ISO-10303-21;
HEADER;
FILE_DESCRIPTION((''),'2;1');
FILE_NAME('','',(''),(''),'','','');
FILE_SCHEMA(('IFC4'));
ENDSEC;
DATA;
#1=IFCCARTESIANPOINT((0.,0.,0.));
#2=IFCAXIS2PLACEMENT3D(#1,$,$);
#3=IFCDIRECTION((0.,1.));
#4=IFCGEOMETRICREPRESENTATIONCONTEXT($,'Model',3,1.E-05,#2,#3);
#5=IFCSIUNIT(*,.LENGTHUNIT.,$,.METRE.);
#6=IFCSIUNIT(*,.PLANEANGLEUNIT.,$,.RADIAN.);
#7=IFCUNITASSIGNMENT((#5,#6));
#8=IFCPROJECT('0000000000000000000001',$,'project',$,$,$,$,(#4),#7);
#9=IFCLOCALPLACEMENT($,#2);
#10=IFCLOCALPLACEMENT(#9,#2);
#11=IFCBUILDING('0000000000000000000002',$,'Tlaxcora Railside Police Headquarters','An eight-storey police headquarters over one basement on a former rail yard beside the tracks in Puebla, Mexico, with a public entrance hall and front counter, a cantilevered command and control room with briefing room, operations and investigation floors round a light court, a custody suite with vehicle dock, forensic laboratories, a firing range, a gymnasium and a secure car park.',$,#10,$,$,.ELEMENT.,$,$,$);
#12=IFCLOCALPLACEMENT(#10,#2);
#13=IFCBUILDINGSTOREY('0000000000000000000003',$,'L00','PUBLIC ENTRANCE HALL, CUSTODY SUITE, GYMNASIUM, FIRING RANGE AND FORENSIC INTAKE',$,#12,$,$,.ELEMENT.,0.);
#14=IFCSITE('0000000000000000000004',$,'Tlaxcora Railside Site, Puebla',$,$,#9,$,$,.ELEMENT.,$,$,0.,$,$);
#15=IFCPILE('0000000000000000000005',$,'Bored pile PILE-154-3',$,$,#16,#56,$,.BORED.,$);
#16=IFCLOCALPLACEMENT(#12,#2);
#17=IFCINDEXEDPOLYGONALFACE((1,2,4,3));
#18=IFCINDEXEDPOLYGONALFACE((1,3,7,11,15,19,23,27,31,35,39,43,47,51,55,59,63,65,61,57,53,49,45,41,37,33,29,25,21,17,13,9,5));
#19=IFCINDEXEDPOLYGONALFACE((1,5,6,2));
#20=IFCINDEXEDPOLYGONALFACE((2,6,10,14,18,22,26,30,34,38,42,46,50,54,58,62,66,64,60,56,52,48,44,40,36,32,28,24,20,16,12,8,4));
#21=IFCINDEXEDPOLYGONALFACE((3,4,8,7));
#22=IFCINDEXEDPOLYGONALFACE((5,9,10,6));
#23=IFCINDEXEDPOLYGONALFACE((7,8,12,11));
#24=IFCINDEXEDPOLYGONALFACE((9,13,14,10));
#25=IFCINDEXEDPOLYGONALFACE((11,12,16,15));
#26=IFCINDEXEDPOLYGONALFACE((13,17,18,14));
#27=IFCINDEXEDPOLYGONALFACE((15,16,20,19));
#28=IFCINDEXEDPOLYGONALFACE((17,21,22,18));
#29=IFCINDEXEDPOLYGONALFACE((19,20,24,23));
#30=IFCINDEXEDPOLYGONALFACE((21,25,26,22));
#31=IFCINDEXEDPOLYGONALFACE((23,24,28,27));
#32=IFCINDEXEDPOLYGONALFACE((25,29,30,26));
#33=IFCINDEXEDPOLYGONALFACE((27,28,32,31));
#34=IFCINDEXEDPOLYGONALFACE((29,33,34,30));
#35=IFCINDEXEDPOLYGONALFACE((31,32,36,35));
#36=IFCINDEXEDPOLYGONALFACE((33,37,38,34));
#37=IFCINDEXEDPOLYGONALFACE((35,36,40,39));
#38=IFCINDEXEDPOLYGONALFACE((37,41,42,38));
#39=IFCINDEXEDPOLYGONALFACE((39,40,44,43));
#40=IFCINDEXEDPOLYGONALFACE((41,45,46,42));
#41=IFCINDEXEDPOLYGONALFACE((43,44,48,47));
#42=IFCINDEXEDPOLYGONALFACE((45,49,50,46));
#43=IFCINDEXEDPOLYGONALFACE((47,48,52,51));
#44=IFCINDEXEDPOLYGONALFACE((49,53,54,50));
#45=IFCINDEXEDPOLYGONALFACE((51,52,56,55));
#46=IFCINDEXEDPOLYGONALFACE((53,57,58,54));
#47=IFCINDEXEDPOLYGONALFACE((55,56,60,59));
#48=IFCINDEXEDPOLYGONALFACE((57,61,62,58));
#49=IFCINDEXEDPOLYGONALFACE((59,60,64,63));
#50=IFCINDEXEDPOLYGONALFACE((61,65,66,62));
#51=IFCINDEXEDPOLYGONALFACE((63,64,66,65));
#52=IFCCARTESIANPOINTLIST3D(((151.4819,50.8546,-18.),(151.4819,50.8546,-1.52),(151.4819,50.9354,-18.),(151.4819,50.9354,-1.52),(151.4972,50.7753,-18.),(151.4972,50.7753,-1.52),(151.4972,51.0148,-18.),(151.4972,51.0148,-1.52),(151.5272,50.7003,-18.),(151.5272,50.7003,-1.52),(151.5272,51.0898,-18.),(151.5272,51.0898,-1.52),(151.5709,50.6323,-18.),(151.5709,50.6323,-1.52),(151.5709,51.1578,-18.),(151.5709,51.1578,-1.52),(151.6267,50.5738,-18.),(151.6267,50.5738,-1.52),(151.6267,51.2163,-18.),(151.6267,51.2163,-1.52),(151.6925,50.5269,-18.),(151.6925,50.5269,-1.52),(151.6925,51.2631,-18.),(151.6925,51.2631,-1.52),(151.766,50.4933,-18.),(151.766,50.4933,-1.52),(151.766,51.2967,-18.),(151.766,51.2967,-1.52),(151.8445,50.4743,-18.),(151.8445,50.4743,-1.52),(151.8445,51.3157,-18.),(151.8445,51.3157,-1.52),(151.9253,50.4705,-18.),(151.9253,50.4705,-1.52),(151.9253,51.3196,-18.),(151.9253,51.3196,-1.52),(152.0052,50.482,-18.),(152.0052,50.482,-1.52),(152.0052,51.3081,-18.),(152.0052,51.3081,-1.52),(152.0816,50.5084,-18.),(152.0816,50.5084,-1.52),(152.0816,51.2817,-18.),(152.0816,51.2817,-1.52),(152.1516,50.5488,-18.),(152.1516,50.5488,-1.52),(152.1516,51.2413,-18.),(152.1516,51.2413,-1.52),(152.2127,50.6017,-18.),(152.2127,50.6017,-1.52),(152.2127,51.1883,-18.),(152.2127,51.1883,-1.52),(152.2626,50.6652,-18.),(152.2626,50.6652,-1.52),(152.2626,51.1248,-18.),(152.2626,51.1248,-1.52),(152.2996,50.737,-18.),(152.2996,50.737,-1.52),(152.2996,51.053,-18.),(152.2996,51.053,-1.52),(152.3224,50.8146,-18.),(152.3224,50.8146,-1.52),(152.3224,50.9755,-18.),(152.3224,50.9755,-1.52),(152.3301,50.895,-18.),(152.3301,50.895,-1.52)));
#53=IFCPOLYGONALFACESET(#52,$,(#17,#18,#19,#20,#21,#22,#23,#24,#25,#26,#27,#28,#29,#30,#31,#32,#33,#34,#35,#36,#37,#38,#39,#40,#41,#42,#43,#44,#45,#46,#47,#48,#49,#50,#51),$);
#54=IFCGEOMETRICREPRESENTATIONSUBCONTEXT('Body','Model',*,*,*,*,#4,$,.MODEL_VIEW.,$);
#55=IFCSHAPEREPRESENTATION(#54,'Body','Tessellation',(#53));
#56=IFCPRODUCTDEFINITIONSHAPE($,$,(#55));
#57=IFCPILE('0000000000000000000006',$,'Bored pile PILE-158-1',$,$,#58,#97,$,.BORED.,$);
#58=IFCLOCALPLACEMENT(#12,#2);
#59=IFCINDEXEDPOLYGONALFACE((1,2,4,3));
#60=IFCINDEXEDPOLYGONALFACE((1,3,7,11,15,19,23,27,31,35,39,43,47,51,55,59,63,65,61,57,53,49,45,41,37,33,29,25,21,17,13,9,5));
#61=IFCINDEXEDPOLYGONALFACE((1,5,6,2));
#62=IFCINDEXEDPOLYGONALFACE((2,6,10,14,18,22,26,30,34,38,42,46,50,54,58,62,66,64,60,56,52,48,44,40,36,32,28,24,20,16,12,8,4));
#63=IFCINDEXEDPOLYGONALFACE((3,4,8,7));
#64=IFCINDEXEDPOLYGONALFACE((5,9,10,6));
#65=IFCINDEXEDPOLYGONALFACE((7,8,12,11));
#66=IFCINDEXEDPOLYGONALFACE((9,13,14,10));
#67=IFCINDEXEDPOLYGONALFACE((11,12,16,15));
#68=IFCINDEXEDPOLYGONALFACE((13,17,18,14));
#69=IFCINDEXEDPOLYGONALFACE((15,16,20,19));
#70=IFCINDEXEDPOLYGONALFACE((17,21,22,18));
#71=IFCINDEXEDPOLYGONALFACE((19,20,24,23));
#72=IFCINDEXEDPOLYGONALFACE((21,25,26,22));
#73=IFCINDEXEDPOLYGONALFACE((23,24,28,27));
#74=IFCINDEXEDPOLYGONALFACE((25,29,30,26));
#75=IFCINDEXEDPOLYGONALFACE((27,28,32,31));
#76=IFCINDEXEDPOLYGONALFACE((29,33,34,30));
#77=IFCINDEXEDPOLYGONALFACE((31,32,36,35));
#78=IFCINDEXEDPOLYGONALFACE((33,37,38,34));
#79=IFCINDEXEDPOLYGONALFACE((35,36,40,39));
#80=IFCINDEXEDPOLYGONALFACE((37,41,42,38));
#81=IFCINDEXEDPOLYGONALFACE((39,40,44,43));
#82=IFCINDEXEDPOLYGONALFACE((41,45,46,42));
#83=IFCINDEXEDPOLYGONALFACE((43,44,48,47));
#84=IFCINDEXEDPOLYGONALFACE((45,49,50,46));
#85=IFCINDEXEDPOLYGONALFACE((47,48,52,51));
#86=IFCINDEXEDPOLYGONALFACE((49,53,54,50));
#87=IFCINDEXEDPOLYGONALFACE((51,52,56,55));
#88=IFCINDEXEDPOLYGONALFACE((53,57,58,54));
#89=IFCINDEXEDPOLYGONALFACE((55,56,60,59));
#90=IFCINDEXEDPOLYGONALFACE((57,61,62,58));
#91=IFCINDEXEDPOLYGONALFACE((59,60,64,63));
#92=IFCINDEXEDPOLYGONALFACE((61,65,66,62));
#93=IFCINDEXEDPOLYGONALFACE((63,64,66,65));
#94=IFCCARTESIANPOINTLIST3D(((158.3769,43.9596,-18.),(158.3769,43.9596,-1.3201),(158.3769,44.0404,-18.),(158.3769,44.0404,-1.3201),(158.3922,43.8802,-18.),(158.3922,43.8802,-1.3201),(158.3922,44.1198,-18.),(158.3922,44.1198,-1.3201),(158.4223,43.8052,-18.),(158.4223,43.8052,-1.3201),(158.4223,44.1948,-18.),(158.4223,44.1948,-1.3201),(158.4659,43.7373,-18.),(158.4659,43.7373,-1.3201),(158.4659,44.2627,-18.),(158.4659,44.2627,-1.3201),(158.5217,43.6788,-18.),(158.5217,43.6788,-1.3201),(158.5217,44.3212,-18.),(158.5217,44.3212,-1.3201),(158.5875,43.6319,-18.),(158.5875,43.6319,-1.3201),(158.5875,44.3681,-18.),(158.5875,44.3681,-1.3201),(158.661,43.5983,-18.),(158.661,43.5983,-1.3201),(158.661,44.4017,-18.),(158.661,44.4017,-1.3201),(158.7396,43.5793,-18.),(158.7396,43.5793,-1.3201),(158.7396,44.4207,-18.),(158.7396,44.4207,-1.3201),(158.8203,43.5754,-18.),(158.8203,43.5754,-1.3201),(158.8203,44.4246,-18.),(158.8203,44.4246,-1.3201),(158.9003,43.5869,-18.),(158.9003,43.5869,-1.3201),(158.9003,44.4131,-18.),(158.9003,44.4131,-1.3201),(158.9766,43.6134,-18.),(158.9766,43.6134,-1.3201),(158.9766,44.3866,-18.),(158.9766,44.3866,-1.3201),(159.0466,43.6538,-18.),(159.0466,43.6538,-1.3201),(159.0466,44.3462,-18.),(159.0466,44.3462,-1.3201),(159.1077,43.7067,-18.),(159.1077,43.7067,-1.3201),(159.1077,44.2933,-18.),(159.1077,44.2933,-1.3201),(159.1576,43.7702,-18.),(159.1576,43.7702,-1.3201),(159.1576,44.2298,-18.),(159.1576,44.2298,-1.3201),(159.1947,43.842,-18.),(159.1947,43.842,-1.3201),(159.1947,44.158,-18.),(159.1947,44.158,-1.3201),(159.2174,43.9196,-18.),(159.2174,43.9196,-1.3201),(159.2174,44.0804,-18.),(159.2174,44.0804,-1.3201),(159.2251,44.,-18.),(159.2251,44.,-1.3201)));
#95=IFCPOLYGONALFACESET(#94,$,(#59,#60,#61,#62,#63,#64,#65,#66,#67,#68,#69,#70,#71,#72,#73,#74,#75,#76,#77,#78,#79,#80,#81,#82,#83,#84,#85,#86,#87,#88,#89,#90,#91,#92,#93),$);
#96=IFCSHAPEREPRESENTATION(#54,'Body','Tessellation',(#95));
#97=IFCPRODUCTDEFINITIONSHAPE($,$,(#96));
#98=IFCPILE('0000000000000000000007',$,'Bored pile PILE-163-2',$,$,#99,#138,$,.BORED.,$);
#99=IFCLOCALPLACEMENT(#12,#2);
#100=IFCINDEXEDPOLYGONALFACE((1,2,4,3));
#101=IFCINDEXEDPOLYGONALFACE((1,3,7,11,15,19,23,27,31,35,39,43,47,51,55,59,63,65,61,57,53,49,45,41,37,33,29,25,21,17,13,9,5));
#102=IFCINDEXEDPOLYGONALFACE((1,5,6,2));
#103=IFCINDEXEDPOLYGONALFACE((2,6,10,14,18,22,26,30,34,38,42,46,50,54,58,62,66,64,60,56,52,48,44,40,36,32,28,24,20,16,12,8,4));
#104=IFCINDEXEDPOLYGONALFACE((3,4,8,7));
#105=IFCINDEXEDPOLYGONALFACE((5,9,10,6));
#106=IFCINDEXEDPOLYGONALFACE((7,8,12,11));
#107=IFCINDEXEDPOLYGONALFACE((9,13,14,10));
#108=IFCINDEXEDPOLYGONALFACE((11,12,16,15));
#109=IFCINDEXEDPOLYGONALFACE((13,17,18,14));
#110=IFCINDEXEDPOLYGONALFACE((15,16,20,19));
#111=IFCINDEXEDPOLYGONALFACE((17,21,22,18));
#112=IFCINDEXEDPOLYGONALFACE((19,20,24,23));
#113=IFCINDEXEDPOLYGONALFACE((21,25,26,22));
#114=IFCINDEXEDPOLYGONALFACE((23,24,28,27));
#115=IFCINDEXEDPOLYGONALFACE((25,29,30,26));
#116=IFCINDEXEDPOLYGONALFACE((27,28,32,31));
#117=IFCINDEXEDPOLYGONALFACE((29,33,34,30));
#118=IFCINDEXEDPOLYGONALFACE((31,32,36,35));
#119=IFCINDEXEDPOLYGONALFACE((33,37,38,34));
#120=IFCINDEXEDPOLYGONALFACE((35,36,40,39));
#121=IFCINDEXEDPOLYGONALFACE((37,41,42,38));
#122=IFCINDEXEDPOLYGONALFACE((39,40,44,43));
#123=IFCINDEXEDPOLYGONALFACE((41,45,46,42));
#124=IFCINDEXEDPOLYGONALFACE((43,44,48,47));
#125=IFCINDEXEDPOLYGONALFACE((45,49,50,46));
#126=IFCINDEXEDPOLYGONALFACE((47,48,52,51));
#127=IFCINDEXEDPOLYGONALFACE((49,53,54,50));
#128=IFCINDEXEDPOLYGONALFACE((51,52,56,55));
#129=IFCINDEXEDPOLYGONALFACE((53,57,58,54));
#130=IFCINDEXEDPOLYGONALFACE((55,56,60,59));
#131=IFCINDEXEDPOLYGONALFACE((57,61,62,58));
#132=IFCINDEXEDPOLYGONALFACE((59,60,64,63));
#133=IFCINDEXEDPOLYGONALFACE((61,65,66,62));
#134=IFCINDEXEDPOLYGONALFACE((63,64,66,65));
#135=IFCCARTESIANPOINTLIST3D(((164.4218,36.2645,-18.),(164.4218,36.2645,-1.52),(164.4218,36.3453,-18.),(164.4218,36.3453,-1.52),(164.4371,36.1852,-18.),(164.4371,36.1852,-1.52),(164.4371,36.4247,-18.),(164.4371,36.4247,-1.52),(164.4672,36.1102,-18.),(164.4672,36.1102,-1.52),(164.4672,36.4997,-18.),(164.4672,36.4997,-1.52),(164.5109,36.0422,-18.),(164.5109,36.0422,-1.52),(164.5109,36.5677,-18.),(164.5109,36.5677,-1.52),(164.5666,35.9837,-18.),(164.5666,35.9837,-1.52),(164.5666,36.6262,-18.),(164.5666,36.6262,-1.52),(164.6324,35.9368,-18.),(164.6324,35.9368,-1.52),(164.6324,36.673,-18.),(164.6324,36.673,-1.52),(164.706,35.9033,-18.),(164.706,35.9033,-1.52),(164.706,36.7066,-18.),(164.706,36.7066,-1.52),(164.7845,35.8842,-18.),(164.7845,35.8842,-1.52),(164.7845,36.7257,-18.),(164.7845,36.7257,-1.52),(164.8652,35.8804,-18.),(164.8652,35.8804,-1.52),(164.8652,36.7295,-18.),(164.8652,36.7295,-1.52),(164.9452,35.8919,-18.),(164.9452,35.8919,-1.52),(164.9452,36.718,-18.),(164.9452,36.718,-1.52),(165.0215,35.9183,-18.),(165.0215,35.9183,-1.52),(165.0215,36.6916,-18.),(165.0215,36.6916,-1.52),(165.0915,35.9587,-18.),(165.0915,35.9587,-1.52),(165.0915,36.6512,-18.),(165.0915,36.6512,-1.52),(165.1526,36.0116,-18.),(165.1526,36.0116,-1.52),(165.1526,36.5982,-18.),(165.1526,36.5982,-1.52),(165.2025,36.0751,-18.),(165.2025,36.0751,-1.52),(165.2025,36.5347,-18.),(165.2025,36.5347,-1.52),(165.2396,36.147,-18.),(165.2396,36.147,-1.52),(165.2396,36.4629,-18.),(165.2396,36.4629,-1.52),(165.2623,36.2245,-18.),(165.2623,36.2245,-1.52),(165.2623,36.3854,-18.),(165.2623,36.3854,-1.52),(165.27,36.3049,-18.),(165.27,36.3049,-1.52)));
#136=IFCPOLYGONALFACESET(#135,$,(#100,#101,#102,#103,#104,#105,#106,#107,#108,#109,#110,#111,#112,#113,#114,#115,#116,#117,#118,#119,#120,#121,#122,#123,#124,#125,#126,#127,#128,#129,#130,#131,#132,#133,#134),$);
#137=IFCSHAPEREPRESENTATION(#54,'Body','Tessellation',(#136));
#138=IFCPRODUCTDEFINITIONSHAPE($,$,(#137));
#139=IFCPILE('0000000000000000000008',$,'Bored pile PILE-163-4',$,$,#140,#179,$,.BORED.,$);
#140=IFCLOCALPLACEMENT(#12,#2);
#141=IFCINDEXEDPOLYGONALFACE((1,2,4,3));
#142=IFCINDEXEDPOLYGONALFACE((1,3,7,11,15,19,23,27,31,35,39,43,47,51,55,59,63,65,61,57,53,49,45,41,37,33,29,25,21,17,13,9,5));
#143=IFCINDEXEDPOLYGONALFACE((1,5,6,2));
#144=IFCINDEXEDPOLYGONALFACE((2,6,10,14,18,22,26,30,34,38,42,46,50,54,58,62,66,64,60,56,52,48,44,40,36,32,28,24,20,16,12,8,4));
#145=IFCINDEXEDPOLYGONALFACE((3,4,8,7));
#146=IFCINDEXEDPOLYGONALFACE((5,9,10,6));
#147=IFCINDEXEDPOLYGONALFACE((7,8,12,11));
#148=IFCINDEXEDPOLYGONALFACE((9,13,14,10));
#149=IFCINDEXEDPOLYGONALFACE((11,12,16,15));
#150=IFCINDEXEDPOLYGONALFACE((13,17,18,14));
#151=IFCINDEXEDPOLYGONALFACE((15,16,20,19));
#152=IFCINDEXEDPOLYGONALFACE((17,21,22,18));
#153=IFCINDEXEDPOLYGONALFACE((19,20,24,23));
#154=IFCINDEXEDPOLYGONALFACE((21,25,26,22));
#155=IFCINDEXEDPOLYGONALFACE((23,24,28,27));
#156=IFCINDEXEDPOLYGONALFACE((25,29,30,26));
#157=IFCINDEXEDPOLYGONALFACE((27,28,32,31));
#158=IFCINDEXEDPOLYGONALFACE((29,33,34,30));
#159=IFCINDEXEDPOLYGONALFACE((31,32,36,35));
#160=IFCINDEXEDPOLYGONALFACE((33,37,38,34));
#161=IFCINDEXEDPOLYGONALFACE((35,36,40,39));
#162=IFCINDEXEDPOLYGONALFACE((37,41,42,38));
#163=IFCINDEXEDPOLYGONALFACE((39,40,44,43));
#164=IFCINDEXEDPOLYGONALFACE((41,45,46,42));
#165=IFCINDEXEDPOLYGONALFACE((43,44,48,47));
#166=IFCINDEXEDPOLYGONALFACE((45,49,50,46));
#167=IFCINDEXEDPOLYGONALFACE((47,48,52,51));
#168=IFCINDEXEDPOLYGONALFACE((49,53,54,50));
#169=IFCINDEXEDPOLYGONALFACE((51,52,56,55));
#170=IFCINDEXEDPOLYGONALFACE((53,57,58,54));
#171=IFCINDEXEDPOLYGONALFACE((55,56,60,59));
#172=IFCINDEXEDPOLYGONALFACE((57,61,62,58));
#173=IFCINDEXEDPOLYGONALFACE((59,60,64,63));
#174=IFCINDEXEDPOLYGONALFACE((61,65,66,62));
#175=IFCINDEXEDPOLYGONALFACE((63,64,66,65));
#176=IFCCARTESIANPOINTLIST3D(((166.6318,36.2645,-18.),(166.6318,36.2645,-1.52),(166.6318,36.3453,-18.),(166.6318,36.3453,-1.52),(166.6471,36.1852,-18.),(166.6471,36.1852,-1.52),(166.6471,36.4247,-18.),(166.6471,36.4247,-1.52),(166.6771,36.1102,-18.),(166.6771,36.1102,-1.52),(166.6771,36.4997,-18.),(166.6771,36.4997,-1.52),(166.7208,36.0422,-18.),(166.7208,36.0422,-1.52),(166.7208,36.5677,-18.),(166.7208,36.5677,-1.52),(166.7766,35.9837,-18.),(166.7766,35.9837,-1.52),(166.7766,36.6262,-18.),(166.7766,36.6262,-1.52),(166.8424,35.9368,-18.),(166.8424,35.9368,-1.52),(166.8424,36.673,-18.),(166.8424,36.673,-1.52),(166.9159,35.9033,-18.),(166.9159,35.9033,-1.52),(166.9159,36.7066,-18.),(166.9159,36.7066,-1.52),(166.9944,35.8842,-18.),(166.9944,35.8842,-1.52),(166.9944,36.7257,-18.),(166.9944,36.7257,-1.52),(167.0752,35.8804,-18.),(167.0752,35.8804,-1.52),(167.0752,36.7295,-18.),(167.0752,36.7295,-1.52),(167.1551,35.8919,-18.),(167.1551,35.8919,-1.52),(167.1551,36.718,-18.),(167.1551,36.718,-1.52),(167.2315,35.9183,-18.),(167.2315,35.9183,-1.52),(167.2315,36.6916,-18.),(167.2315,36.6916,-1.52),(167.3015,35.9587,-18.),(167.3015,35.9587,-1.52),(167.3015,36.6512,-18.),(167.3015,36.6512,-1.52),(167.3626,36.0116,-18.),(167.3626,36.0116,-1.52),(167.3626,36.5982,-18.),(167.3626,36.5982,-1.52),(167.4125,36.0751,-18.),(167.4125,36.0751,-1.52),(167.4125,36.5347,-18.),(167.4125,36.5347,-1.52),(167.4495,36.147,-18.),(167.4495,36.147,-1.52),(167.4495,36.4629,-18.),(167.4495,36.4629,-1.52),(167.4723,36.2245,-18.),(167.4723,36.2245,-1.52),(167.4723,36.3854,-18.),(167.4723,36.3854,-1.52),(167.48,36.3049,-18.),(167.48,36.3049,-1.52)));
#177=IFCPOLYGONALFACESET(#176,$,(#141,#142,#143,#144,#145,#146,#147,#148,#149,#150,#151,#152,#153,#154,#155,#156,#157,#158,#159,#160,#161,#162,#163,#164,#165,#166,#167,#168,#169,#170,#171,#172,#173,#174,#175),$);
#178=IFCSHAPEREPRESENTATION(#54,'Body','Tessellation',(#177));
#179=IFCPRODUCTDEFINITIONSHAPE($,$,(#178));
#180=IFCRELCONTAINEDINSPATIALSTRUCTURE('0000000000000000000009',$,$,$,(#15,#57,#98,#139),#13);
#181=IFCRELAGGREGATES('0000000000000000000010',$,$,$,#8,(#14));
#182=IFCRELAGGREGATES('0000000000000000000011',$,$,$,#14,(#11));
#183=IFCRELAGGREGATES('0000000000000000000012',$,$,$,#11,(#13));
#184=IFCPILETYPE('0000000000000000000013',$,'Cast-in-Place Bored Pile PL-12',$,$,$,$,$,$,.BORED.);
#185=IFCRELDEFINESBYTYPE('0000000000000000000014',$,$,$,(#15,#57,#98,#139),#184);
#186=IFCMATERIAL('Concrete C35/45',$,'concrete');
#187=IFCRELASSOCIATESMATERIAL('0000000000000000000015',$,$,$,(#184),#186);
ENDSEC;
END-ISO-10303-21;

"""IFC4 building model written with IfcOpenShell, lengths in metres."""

from ifc_helpers import new_model, si_unit, direction, frame, origin, origin_2d, place, context, subcontext, project, spatial, circle, extrude, material, material_profile, profile_set, type_object, element, save


model = new_model("IFC4")

# Units and contexts
model_context = context("Model", 3, precision=1e-05, world=origin(), true_north=direction((0.0, 1.0)))
body_context = subcontext(model_context, "Body", "Model", "MODEL_VIEW")
ifc_project = project(units=[si_unit("LENGTHUNIT", "METRE"), si_unit("PLANEANGLEUNIT", "RADIAN")], contexts=[model_context])

# Site, building, storey
site_placement = place(None, origin())
site = spatial("IfcSite", under=ifc_project, at=site_placement, Name="Tlaxcora Railside Site, Puebla", CompositionType="ELEMENT", RefElevation=0.0)
building_placement = place(site_placement, origin())
building = spatial("IfcBuilding", under=site, at=building_placement, Name="Tlaxcora Railside Police Headquarters", Description="An eight-storey police headquarters over one basement on a former rail yard beside the tracks in Puebla, Mexico, with a public entrance hall and front counter, a cantilevered command and control room with briefing room, operations and investigation floors round a light court, a custody suite with vehicle dock, forensic laboratories, a firing range, a gymnasium and a secure car park.", CompositionType="ELEMENT")
storey_placement = place(building_placement, origin())
storey = spatial("IfcBuildingStorey", under=building, at=storey_placement, Name="L00", Description="PUBLIC ENTRANCE HALL, CUSTODY SUITE, GYMNASIUM, FIRING RANGE AND FORENSIC INTAKE", CompositionType="ELEMENT", Elevation=0.0)

# Piles
ifc_material_1 = material(Name="Concrete C35/45", Category="concrete")
ifc_material_profile_1 = material_profile(ifc_material_1, circle(Radius=0.425, at=origin_2d()), Name="PILE850")
ifc_profile_set_1 = profile_set([ifc_material_profile_1], Name="Concrete C35/45")
pile_type_1 = type_object("IfcPileType", Name="Cast-in-Place Bored Pile PL-12", PredefinedType="BORED", material=ifc_profile_set_1)
pile_1_placement = place(storey_placement, frame((151.905, 50.895, -1.52), z_axis=(0.0, 0.0, -1.0), x_axis=(1.0, 0.0, 0.0)))
element("IfcPile", 1, at=pile_1_placement, inside=storey, type_object=pile_type_1, Name="Bored pile PILE-154-3", PredefinedType="BORED", context=body_context, shape_type="SweptSolid", body=[
    extrude(circle(Radius=0.425, at=origin_2d()), origin(), (0.0, 0.0, 1.0), 16.48),
])
pile_2_placement = place(storey_placement, frame((158.8, 44.0, -1.3201), z_axis=(0.0, 0.0, -1.0), x_axis=(1.0, 0.0, 0.0)))
element("IfcPile", 2, at=pile_2_placement, inside=storey, type_object=pile_type_1, Name="Bored pile PILE-158-1", PredefinedType="BORED", context=body_context, shape_type="SweptSolid", body=[
    extrude(circle(Radius=0.425, at=origin_2d()), origin(), (0.0, 0.0, 1.0), 16.6799),
])
for number, where, z_axis, x_axis, name in (
    (3, (164.845, 36.3049, -1.52), (0.0, 0.0, -1.0), (1.0, 0.0, 0.0), "Bored pile PILE-163-2"),
    (4, (167.0549, 36.3049, -1.52), (0.0, 0.0, -1.0), (1.0, 0.0, 0.0), "Bored pile PILE-163-4"),
):
    element("IfcPile", number, at=place(storey_placement, frame(where, z_axis=z_axis, x_axis=x_axis)), inside=storey, type_object=pile_type_1, Name=name, PredefinedType="BORED", context=body_context, shape_type="SweptSolid", body=[
        extrude(circle(Radius=0.425, at=origin_2d()), origin(), (0.0, 0.0, 1.0), 16.48),
    ])

save(model, "model.ifc")
